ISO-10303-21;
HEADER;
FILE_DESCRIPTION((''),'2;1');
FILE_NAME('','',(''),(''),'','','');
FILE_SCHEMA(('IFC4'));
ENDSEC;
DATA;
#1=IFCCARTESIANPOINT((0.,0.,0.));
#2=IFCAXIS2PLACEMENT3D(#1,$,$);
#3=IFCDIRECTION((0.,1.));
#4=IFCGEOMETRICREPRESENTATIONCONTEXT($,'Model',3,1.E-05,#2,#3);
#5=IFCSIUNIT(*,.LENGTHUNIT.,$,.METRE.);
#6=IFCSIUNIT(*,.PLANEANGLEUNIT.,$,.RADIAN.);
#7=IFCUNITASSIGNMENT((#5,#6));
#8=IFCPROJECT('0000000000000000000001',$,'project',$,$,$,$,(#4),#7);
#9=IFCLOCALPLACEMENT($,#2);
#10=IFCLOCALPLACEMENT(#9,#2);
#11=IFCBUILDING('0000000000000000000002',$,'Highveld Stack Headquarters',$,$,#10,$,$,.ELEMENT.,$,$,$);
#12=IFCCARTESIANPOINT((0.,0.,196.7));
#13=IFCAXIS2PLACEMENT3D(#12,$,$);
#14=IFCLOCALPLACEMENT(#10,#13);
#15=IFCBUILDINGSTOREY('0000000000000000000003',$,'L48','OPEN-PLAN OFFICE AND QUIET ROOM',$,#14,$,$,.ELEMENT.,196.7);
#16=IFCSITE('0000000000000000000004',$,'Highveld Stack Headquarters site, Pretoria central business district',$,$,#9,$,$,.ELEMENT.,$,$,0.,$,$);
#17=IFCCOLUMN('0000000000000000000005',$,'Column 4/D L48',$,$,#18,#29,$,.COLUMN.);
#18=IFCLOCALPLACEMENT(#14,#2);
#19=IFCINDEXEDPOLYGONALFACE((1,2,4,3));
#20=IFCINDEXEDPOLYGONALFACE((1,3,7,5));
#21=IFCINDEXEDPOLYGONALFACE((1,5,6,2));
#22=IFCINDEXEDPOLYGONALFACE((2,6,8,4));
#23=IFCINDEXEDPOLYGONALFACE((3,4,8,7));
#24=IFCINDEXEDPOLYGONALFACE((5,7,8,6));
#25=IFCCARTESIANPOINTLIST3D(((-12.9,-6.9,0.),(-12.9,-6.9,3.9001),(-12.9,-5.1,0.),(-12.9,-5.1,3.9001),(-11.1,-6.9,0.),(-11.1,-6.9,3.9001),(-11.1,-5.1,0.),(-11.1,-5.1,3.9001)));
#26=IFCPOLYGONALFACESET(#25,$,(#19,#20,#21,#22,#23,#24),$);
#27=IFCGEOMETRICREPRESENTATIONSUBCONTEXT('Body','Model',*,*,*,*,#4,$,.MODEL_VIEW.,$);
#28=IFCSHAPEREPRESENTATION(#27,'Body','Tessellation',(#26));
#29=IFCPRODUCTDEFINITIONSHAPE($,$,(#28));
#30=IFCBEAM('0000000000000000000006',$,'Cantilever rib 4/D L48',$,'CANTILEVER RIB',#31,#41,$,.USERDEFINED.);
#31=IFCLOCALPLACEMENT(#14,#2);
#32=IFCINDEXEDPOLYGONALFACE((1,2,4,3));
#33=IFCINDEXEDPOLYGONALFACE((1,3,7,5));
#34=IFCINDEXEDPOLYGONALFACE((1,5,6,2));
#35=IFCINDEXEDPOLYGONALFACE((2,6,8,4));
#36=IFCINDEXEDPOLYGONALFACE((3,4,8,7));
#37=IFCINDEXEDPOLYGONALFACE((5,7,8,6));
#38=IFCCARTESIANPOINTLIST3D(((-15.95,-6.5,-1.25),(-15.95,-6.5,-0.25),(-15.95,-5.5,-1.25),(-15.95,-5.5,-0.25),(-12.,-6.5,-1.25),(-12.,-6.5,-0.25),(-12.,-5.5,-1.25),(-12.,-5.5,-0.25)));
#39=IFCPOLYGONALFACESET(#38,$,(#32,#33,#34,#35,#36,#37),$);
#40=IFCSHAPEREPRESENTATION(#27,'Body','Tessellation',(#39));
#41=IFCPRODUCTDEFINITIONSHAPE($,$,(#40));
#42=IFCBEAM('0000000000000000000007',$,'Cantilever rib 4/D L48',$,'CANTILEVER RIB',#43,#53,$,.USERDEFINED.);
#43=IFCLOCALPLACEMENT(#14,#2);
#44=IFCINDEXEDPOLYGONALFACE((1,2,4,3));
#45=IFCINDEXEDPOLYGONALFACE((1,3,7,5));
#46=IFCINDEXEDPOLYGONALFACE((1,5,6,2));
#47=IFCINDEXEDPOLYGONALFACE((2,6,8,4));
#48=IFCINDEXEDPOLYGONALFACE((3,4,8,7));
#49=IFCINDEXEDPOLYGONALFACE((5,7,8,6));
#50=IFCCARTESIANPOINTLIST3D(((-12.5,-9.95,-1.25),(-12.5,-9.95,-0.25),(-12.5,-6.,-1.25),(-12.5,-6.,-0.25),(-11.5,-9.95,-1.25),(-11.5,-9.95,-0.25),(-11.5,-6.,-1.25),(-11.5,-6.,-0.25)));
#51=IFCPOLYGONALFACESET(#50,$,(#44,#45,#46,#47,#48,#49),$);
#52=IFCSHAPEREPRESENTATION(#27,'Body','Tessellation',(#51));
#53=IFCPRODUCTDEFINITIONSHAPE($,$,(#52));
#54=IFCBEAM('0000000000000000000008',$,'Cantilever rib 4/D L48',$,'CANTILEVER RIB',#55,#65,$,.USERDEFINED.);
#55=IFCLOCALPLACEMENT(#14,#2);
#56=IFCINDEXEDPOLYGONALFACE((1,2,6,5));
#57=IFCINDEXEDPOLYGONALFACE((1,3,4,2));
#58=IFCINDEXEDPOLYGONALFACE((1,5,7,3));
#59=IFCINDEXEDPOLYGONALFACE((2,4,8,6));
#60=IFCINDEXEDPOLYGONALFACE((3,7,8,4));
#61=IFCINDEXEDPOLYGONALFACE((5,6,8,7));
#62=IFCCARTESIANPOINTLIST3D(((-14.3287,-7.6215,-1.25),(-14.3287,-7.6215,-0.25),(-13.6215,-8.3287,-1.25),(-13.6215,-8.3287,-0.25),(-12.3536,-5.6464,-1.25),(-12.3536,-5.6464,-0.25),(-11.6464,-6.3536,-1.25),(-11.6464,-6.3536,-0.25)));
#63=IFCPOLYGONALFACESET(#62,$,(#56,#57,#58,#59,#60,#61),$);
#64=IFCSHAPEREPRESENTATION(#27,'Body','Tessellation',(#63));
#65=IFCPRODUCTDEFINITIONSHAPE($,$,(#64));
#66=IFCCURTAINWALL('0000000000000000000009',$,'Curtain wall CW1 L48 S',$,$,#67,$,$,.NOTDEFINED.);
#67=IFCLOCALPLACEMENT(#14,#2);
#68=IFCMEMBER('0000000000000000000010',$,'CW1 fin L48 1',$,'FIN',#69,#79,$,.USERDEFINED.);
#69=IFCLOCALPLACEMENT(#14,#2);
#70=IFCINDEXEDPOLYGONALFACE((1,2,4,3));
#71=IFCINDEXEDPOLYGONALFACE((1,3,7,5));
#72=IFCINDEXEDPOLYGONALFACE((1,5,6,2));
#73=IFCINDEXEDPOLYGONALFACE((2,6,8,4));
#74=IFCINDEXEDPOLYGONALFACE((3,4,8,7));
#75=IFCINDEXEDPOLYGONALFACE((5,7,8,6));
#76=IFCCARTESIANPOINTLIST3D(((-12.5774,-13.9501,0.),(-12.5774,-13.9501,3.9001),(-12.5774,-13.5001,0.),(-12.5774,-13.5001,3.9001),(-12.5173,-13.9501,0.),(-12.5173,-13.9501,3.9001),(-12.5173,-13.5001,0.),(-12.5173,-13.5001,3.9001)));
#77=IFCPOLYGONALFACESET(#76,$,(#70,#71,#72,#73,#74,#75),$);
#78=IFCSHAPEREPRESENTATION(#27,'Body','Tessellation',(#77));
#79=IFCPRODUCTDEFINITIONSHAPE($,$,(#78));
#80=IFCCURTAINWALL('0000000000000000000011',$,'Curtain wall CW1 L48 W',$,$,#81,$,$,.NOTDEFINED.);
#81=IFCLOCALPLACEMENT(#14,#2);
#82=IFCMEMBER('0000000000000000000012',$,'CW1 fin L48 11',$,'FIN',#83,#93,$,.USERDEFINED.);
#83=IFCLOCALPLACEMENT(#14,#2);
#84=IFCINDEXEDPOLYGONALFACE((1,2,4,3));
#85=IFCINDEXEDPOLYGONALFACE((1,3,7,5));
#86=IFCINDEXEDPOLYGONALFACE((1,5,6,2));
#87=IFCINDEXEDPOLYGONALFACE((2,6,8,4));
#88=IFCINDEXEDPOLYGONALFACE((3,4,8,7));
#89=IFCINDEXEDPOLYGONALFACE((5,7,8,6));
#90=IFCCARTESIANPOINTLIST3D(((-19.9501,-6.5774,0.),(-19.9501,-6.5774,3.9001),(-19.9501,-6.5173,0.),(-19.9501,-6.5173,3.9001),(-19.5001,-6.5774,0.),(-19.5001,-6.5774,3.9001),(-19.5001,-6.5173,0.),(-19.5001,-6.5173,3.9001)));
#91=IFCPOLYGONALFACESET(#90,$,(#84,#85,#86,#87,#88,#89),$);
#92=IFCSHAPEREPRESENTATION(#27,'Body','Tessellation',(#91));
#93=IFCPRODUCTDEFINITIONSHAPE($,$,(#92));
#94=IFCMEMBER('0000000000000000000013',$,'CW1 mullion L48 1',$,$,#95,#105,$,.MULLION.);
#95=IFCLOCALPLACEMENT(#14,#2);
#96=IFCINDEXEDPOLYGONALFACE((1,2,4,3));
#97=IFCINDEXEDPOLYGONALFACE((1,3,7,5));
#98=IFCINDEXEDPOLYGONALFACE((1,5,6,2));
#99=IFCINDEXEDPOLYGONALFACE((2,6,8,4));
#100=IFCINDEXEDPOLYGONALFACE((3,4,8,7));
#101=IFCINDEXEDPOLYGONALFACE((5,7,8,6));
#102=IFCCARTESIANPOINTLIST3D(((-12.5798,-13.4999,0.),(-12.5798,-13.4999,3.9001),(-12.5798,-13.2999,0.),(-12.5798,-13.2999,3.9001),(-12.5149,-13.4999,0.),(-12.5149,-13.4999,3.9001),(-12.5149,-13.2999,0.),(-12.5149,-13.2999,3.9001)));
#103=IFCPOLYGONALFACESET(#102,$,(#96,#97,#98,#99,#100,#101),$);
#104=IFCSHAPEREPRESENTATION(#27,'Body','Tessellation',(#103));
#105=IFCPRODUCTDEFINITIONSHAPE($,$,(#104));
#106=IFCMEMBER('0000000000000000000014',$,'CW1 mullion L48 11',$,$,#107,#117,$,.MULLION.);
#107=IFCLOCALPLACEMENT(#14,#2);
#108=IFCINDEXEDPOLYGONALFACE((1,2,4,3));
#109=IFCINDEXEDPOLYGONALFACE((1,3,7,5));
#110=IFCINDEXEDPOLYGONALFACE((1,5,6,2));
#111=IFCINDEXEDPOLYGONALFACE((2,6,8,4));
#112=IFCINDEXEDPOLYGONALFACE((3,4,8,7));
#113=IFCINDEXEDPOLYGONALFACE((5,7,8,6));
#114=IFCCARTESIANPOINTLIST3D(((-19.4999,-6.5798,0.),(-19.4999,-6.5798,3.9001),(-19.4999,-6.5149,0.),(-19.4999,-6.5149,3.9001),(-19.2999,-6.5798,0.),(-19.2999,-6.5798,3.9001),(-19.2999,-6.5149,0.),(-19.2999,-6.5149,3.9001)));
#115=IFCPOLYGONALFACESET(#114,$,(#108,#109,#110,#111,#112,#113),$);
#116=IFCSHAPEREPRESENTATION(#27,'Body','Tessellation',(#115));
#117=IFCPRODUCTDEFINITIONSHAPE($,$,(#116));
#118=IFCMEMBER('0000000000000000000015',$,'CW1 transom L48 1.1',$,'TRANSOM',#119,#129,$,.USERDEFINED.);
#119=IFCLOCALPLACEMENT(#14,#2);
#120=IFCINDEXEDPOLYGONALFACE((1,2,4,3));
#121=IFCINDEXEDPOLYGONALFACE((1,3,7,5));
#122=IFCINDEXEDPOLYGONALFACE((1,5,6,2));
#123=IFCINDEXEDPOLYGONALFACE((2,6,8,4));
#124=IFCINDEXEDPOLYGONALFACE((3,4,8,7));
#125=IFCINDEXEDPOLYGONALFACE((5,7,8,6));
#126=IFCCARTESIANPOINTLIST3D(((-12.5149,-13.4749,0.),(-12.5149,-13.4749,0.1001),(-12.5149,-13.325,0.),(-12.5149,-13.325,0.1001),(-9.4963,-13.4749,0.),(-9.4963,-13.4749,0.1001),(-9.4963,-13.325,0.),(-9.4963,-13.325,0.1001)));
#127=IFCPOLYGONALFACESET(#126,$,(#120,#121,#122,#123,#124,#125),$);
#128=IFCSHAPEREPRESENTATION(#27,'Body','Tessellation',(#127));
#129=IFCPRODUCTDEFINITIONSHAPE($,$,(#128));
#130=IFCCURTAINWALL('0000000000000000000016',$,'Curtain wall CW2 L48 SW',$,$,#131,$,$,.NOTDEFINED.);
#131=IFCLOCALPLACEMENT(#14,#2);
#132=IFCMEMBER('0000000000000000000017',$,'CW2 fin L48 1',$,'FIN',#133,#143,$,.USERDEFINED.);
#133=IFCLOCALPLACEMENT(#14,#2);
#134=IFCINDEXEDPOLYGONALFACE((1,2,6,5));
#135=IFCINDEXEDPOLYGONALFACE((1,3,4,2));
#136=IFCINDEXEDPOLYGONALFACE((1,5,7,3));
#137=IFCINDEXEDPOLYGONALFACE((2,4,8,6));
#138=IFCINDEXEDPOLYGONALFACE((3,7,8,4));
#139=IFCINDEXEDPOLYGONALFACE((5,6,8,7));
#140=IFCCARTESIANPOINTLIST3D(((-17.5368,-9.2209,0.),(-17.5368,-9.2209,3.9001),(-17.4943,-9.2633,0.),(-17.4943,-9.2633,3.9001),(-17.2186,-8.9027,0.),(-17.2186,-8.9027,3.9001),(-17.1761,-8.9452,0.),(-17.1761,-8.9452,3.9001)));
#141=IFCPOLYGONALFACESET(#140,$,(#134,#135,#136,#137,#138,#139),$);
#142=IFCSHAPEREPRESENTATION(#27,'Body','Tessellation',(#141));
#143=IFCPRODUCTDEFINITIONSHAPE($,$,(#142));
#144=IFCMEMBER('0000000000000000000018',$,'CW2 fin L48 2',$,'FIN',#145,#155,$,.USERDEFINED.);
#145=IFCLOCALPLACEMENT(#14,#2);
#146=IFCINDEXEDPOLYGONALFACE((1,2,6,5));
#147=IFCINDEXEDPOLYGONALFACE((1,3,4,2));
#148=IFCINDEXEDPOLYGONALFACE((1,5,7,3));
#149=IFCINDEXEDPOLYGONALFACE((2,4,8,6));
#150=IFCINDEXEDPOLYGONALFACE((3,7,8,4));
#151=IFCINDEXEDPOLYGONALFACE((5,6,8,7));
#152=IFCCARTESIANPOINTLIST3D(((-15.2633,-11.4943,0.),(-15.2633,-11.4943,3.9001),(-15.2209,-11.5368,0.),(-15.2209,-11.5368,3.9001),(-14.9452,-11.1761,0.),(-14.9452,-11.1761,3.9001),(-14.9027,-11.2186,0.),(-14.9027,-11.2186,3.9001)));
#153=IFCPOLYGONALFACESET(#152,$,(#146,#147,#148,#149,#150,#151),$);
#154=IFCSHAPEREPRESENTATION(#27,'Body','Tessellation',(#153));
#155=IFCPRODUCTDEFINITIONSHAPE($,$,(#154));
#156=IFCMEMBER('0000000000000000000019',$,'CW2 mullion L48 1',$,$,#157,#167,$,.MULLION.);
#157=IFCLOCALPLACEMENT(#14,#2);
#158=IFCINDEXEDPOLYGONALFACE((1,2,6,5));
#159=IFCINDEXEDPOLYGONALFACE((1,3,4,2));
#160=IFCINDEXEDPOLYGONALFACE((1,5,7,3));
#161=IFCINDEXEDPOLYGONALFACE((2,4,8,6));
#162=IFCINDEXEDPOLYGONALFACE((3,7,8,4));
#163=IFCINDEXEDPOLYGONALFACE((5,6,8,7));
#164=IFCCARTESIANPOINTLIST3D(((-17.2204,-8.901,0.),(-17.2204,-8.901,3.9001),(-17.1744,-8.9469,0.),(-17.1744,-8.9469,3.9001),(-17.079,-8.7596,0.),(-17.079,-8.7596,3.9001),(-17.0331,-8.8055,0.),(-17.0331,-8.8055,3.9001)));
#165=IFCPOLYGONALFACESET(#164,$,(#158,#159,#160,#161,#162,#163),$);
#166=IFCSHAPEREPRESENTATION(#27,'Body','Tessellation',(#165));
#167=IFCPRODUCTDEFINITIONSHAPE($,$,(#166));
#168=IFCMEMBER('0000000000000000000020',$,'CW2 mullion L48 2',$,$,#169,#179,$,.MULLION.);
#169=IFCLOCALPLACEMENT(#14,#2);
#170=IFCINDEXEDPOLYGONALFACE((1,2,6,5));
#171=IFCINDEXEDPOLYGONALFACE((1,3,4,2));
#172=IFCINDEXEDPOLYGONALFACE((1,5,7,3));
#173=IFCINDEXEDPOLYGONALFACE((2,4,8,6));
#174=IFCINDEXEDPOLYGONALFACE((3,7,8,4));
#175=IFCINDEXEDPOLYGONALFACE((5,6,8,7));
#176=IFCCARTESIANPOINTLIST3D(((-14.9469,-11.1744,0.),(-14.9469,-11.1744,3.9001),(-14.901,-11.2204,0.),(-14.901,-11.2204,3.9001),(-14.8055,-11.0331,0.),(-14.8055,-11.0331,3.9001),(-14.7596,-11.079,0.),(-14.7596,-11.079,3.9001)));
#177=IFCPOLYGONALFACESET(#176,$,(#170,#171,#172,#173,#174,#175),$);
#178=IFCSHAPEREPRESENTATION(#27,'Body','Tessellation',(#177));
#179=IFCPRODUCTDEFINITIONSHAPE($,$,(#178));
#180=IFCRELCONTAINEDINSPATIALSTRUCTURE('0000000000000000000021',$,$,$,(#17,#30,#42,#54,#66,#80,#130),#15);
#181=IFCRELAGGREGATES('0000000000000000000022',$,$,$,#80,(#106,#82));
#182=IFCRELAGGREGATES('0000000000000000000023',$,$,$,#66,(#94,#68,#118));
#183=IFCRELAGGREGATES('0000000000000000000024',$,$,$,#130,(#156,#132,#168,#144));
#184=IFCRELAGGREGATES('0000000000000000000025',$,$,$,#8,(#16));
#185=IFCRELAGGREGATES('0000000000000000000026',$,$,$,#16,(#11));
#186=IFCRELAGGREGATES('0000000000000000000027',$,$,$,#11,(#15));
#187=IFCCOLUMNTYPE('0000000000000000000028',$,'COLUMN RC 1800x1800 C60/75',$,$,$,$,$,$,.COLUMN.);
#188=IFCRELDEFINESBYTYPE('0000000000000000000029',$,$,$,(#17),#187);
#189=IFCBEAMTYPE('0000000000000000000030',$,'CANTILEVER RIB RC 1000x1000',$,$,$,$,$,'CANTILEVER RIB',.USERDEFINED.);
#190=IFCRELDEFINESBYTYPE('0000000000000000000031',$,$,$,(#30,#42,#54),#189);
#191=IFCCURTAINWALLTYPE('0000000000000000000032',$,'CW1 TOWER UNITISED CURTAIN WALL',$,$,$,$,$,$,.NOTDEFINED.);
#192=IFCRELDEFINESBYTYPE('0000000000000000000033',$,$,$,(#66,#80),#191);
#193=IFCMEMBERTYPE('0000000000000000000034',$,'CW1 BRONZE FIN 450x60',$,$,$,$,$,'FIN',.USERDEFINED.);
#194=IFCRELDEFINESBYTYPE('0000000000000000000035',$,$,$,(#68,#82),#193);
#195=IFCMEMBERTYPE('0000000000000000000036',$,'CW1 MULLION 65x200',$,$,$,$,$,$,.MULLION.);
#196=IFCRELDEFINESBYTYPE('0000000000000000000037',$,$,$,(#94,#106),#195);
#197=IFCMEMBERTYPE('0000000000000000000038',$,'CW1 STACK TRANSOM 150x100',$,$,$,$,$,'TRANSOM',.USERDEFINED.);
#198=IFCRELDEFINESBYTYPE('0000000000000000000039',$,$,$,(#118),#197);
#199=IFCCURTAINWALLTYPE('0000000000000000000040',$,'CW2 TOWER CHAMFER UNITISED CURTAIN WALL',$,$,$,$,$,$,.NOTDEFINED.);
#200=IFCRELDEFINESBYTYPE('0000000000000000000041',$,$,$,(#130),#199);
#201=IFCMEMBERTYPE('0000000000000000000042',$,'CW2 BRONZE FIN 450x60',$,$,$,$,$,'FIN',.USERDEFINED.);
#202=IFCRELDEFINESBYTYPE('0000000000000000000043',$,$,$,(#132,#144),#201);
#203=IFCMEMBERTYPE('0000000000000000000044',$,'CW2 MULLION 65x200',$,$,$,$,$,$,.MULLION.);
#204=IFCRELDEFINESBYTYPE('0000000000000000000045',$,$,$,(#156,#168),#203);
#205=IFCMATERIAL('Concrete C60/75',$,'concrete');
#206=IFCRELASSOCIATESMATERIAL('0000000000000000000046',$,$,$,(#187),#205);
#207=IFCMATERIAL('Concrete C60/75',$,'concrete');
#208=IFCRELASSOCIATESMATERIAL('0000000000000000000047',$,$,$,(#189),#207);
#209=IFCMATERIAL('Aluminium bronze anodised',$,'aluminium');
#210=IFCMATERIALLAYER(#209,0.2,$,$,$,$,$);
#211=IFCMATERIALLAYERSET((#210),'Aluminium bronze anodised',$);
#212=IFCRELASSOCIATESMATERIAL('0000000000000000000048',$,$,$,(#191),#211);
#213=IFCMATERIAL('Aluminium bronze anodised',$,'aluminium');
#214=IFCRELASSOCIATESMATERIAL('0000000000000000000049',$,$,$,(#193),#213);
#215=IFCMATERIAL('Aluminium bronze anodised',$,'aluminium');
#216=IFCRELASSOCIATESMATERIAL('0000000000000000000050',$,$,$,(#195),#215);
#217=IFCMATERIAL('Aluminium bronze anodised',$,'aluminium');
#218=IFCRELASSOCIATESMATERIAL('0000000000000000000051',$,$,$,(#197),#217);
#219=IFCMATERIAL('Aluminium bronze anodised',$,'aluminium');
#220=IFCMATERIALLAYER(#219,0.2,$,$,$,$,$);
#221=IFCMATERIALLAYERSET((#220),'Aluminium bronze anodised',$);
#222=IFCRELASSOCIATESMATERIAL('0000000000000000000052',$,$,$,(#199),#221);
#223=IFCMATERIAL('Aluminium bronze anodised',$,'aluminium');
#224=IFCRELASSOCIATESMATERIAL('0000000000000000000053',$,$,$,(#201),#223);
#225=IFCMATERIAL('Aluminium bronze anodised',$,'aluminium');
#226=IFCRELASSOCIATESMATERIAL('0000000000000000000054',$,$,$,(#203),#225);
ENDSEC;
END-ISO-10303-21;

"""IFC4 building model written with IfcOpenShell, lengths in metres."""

from ifc_helpers import new_model, si_unit, direction, frame, origin, origin_2d, place, context, subcontext, project, spatial, rectangle, extrude, material, layer, layer_set, material_profile, profile_set, type_object, element, aggregate, save


model = new_model("IFC4")

# Units and contexts
model_context = context("Model", 3, precision=1e-05, world=origin(), true_north=direction((0.0, 1.0)))
body_context = subcontext(model_context, "Body", "Model", "MODEL_VIEW")
ifc_project = project(units=[si_unit("LENGTHUNIT", "METRE"), si_unit("PLANEANGLEUNIT", "RADIAN")], contexts=[model_context])

# Site, building, storey
site_placement = place(None, origin())
site = spatial("IfcSite", under=ifc_project, at=site_placement, Name="Highveld Stack Headquarters site, Pretoria central business district", CompositionType="ELEMENT", RefElevation=0.0)
building_placement = place(site_placement, origin())
building = spatial("IfcBuilding", under=site, at=building_placement, Name="Highveld Stack Headquarters", CompositionType="ELEMENT")
storey_placement = place(building_placement, frame((0.0, 0.0, 196.7)))
storey = spatial("IfcBuildingStorey", under=building, at=storey_placement, Name="L48", Description="OPEN-PLAN OFFICE AND QUIET ROOM", CompositionType="ELEMENT", Elevation=196.7)

# Column
ifc_material_1 = material(Name="Concrete C60/75", Category="concrete")
ifc_material_profile_1 = material_profile(ifc_material_1, rectangle(XDim=1.8, YDim=1.8, at=origin_2d()), Name="RC 1800x1800")
ifc_profile_set_1 = profile_set([ifc_material_profile_1], Name="Concrete C60/75")
column_type = type_object("IfcColumnType", Name="COLUMN RC 1800x1800 C60/75", PredefinedType="COLUMN", material=ifc_profile_set_1)
column_placement = place(storey_placement, frame((-12.0, -6.0, 0.0), z_axis=(0.0, 0.0, 1.0), x_axis=(1.0, 0.0, 0.0)))
element("IfcColumn", 1, at=column_placement, inside=storey, type_object=column_type, Name="Column 4/D L48", PredefinedType="COLUMN", context=body_context, shape_type="SweptSolid", body=[
    extrude(rectangle(XDim=1.8, YDim=1.8, at=origin_2d()), origin(), (0.0, 0.0, 1.0), 3.9001),
])

# Beams
ifc_material_2 = material(Name="Concrete C60/75", Category="concrete")
ifc_material_profile_2 = material_profile(ifc_material_2, rectangle(XDim=1.0, YDim=1.0, at=origin_2d()), Name="RC 1000x1000")
ifc_profile_set_2 = profile_set([ifc_material_profile_2], Name="Concrete C60/75")
beam_type_1 = type_object("IfcBeamType", Name="CANTILEVER RIB RC 1000x1000", ElementType="CANTILEVER RIB", PredefinedType="USERDEFINED", material=ifc_profile_set_2)
for number, where, z_axis, x_axis, name in (
    (2, (-12.0, -6.0, -0.75), (-1.0, 0.0, 0.0), (0.0, -1.0, 0.0), "Cantilever rib 4/D L48"),
    (3, (-12.0, -6.0, -0.75), (0.0, -1.0, 0.0), (1.0, 0.0, 0.0), "Cantilever rib 4/D L48"),
):
    element("IfcBeam", number, at=place(storey_placement, frame(where, z_axis=z_axis, x_axis=x_axis)), inside=storey, type_object=beam_type_1, Name=name, ObjectType="CANTILEVER RIB", PredefinedType="USERDEFINED", context=body_context, shape_type="SweptSolid", body=[
        extrude(rectangle(XDim=1.0, YDim=1.0, at=origin_2d()), origin(), (0.0, 0.0, 1.0), 3.95),
    ])
beam_1_placement = place(storey_placement, frame((-12.0, -6.0, -0.75), z_axis=(-0.707107, -0.707107, 0.0), x_axis=(0.707107, -0.707107, 0.0)))
element("IfcBeam", 4, at=beam_1_placement, inside=storey, type_object=beam_type_1, Name="Cantilever rib 4/D L48", ObjectType="CANTILEVER RIB", PredefinedType="USERDEFINED", context=body_context, shape_type="SweptSolid", body=[
    extrude(rectangle(XDim=1.0, YDim=1.0, at=origin_2d()), origin(), (0.0, 0.0, 1.0), 2.7932),
])

# Curtain walls, members
ifc_material_3 = material(Name="Aluminium bronze anodised", Category="aluminium")
ifc_layer_1 = layer(ifc_material_3, 0.2)
ifc_layer_set_1 = layer_set([ifc_layer_1], Name="Aluminium bronze anodised")
curtain_wall_type_1 = type_object("IfcCurtainWallType", Name="CW1 TOWER UNITISED CURTAIN WALL", PredefinedType="NOTDEFINED", material=ifc_layer_set_1)
curtain_wall_1_placement = place(storey_placement, origin())
curtain_wall_1 = element("IfcCurtainWall", 5, at=curtain_wall_1_placement, inside=storey, type_object=curtain_wall_type_1, Name="Curtain wall CW1 L48 S", PredefinedType="NOTDEFINED")
ifc_material_4 = material(Name="Aluminium bronze anodised", Category="aluminium")
ifc_material_profile_3 = material_profile(ifc_material_4, rectangle(XDim=0.45, YDim=0.0601, at=origin_2d()), Name="FIN 450x60")
ifc_profile_set_3 = profile_set([ifc_material_profile_3], Name="Aluminium bronze anodised")
member_type_1 = type_object("IfcMemberType", Name="CW1 BRONZE FIN 450x60", ElementType="FIN", PredefinedType="USERDEFINED", material=ifc_profile_set_3)
member_1_placement = place(storey_placement, frame((-12.5474, -13.7251, 0.0), z_axis=(0.0, 0.0, 1.0), x_axis=(0.0, 1.0, 0.0)))
member_1 = element("IfcMember", 6, at=member_1_placement, type_object=member_type_1, Name="CW1 fin L48 1", ObjectType="FIN", PredefinedType="USERDEFINED", context=body_context, shape_type="SweptSolid", body=[
    extrude(rectangle(XDim=0.45, YDim=0.0601, at=origin_2d()), origin(), (0.0, 0.0, 1.0), 3.9001),
])
curtain_wall_2_placement = place(storey_placement, origin())
curtain_wall_2 = element("IfcCurtainWall", 7, at=curtain_wall_2_placement, inside=storey, type_object=curtain_wall_type_1, Name="Curtain wall CW1 L48 W", PredefinedType="NOTDEFINED")
member_2_placement = place(storey_placement, frame((-19.7251, -6.5474, 0.0), z_axis=(0.0, 0.0, 1.0), x_axis=(1.0, 0.0, 0.0)))
member_2 = element("IfcMember", 8, at=member_2_placement, type_object=member_type_1, Name="CW1 fin L48 11", ObjectType="FIN", PredefinedType="USERDEFINED", context=body_context, shape_type="SweptSolid", body=[
    extrude(rectangle(XDim=0.45, YDim=0.0601, at=origin_2d()), origin(), (0.0, 0.0, 1.0), 3.9001),
])

# Members
ifc_material_5 = material(Name="Aluminium bronze anodised", Category="aluminium")
ifc_material_profile_4 = material_profile(ifc_material_5, rectangle(XDim=0.2, YDim=0.0649, at=origin_2d()), Name="CW1 MULLION 65x200")
ifc_profile_set_4 = profile_set([ifc_material_profile_4], Name="Aluminium bronze anodised")
member_type_2 = type_object("IfcMemberType", Name="CW1 MULLION 65x200", PredefinedType="MULLION", material=ifc_profile_set_4)
member_3_placement = place(storey_placement, frame((-12.5474, -13.3999, 0.0), z_axis=(0.0, 0.0, 1.0), x_axis=(0.0, 1.0, 0.0)))
member_3 = element("IfcMember", 9, at=member_3_placement, type_object=member_type_2, Name="CW1 mullion L48 1", PredefinedType="MULLION", context=body_context, shape_type="SweptSolid", body=[
    extrude(rectangle(XDim=0.2, YDim=0.0649, at=origin_2d()), origin(), (0.0, 0.0, 1.0), 3.9001),
])
member_4_placement = place(storey_placement, frame((-19.3999, -6.5474, 0.0), z_axis=(0.0, 0.0, 1.0), x_axis=(1.0, 0.0, 0.0)))
member_4 = element("IfcMember", 10, at=member_4_placement, type_object=member_type_2, Name="CW1 mullion L48 11", PredefinedType="MULLION", context=body_context, shape_type="SweptSolid", body=[
    extrude(rectangle(XDim=0.2, YDim=0.0649, at=origin_2d()), origin(), (0.0, 0.0, 1.0), 3.9001),
])
aggregate(curtain_wall_2, [member_4, member_2])
ifc_material_6 = material(Name="Aluminium bronze anodised", Category="aluminium")
ifc_material_profile_5 = material_profile(ifc_material_6, rectangle(XDim=0.1499, YDim=0.1001, at=origin_2d()), Name="CW1 TRANSOM 150x100")
ifc_profile_set_5 = profile_set([ifc_material_profile_5], Name="Aluminium bronze anodised")
member_type_3 = type_object("IfcMemberType", Name="CW1 STACK TRANSOM 150x100", ElementType="TRANSOM", PredefinedType="USERDEFINED", material=ifc_profile_set_5)
member_5_placement = place(storey_placement, frame((-12.5149, -13.3999, 0.05), z_axis=(1.0, 0.0, 0.0), x_axis=(0.0, 1.0, 0.0)))
member_5 = element("IfcMember", 11, at=member_5_placement, type_object=member_type_3, Name="CW1 transom L48 1.1", ObjectType="TRANSOM", PredefinedType="USERDEFINED", context=body_context, shape_type="SweptSolid", body=[
    extrude(rectangle(XDim=0.1499, YDim=0.1001, at=origin_2d()), origin(), (0.0, 0.0, 1.0), 3.0186),
])
aggregate(curtain_wall_1, [member_3, member_1, member_5])

# Curtain wall, members
ifc_material_7 = material(Name="Aluminium bronze anodised", Category="aluminium")
ifc_layer_2 = layer(ifc_material_7, 0.2)
ifc_layer_set_2 = layer_set([ifc_layer_2], Name="Aluminium bronze anodised")
curtain_wall_type_2 = type_object("IfcCurtainWallType", Name="CW2 TOWER CHAMFER UNITISED CURTAIN WALL", PredefinedType="NOTDEFINED", material=ifc_layer_set_2)
curtain_wall_3_placement = place(storey_placement, origin())
curtain_wall_3 = element("IfcCurtainWall", 12, at=curtain_wall_3_placement, inside=storey, type_object=curtain_wall_type_2, Name="Curtain wall CW2 L48 SW", PredefinedType="NOTDEFINED")
ifc_material_8 = material(Name="Aluminium bronze anodised", Category="aluminium")
ifc_material_profile_6 = material_profile(ifc_material_8, rectangle(XDim=0.45, YDim=0.0601, at=origin_2d()), Name="FIN 450x60")
ifc_profile_set_6 = profile_set([ifc_material_profile_6], Name="Aluminium bronze anodised")
member_type_4 = type_object("IfcMemberType", Name="CW2 BRONZE FIN 450x60", ElementType="FIN", PredefinedType="USERDEFINED", material=ifc_profile_set_6)
member_6_placement = place(storey_placement, frame((-17.3564, -9.083, 0.0), z_axis=(0.0, 0.0, 1.0), x_axis=(0.707107, 0.707107, 0.0)))
member_6 = element("IfcMember", 13, at=member_6_placement, type_object=member_type_4, Name="CW2 fin L48 1", ObjectType="FIN", PredefinedType="USERDEFINED", context=body_context, shape_type="SweptSolid", body=[
    extrude(rectangle(XDim=0.45, YDim=0.0601, at=origin_2d()), origin(), (0.0, 0.0, 1.0), 3.9001),
])
member_7_placement = place(storey_placement, frame((-15.083, -11.3564, 0.0), z_axis=(0.0, 0.0, 1.0), x_axis=(0.707107, 0.707107, 0.0)))
member_7 = element("IfcMember", 14, at=member_7_placement, type_object=member_type_4, Name="CW2 fin L48 2", ObjectType="FIN", PredefinedType="USERDEFINED", context=body_context, shape_type="SweptSolid", body=[
    extrude(rectangle(XDim=0.45, YDim=0.0601, at=origin_2d()), origin(), (0.0, 0.0, 1.0), 3.9001),
])
ifc_material_9 = material(Name="Aluminium bronze anodised", Category="aluminium")
ifc_material_profile_7 = material_profile(ifc_material_9, rectangle(XDim=0.2, YDim=0.0649, at=origin_2d()), Name="CW2 MULLION 65x200")
ifc_profile_set_7 = profile_set([ifc_material_profile_7], Name="Aluminium bronze anodised")
member_type_5 = type_object("IfcMemberType", Name="CW2 MULLION 65x200", PredefinedType="MULLION", material=ifc_profile_set_7)
member_8_placement = place(storey_placement, frame((-17.1267, -8.8533, 0.0), z_axis=(0.0, 0.0, 1.0), x_axis=(0.707107, 0.707107, 0.0)))
member_8 = element("IfcMember", 15, at=member_8_placement, type_object=member_type_5, Name="CW2 mullion L48 1", PredefinedType="MULLION", context=body_context, shape_type="SweptSolid", body=[
    extrude(rectangle(XDim=0.2, YDim=0.0649, at=origin_2d()), origin(), (0.0, 0.0, 1.0), 3.9001),
])
member_9_placement = place(storey_placement, frame((-14.8533, -11.1267, 0.0), z_axis=(0.0, 0.0, 1.0), x_axis=(0.707107, 0.707107, 0.0)))
member_9 = element("IfcMember", 16, at=member_9_placement, type_object=member_type_5, Name="CW2 mullion L48 2", PredefinedType="MULLION", context=body_context, shape_type="SweptSolid", body=[
    extrude(rectangle(XDim=0.2, YDim=0.0649, at=origin_2d()), origin(), (0.0, 0.0, 1.0), 3.9001),
])

aggregate(curtain_wall_3, [member_8, member_6, member_9, member_7])

save(model, "model.ifc")
